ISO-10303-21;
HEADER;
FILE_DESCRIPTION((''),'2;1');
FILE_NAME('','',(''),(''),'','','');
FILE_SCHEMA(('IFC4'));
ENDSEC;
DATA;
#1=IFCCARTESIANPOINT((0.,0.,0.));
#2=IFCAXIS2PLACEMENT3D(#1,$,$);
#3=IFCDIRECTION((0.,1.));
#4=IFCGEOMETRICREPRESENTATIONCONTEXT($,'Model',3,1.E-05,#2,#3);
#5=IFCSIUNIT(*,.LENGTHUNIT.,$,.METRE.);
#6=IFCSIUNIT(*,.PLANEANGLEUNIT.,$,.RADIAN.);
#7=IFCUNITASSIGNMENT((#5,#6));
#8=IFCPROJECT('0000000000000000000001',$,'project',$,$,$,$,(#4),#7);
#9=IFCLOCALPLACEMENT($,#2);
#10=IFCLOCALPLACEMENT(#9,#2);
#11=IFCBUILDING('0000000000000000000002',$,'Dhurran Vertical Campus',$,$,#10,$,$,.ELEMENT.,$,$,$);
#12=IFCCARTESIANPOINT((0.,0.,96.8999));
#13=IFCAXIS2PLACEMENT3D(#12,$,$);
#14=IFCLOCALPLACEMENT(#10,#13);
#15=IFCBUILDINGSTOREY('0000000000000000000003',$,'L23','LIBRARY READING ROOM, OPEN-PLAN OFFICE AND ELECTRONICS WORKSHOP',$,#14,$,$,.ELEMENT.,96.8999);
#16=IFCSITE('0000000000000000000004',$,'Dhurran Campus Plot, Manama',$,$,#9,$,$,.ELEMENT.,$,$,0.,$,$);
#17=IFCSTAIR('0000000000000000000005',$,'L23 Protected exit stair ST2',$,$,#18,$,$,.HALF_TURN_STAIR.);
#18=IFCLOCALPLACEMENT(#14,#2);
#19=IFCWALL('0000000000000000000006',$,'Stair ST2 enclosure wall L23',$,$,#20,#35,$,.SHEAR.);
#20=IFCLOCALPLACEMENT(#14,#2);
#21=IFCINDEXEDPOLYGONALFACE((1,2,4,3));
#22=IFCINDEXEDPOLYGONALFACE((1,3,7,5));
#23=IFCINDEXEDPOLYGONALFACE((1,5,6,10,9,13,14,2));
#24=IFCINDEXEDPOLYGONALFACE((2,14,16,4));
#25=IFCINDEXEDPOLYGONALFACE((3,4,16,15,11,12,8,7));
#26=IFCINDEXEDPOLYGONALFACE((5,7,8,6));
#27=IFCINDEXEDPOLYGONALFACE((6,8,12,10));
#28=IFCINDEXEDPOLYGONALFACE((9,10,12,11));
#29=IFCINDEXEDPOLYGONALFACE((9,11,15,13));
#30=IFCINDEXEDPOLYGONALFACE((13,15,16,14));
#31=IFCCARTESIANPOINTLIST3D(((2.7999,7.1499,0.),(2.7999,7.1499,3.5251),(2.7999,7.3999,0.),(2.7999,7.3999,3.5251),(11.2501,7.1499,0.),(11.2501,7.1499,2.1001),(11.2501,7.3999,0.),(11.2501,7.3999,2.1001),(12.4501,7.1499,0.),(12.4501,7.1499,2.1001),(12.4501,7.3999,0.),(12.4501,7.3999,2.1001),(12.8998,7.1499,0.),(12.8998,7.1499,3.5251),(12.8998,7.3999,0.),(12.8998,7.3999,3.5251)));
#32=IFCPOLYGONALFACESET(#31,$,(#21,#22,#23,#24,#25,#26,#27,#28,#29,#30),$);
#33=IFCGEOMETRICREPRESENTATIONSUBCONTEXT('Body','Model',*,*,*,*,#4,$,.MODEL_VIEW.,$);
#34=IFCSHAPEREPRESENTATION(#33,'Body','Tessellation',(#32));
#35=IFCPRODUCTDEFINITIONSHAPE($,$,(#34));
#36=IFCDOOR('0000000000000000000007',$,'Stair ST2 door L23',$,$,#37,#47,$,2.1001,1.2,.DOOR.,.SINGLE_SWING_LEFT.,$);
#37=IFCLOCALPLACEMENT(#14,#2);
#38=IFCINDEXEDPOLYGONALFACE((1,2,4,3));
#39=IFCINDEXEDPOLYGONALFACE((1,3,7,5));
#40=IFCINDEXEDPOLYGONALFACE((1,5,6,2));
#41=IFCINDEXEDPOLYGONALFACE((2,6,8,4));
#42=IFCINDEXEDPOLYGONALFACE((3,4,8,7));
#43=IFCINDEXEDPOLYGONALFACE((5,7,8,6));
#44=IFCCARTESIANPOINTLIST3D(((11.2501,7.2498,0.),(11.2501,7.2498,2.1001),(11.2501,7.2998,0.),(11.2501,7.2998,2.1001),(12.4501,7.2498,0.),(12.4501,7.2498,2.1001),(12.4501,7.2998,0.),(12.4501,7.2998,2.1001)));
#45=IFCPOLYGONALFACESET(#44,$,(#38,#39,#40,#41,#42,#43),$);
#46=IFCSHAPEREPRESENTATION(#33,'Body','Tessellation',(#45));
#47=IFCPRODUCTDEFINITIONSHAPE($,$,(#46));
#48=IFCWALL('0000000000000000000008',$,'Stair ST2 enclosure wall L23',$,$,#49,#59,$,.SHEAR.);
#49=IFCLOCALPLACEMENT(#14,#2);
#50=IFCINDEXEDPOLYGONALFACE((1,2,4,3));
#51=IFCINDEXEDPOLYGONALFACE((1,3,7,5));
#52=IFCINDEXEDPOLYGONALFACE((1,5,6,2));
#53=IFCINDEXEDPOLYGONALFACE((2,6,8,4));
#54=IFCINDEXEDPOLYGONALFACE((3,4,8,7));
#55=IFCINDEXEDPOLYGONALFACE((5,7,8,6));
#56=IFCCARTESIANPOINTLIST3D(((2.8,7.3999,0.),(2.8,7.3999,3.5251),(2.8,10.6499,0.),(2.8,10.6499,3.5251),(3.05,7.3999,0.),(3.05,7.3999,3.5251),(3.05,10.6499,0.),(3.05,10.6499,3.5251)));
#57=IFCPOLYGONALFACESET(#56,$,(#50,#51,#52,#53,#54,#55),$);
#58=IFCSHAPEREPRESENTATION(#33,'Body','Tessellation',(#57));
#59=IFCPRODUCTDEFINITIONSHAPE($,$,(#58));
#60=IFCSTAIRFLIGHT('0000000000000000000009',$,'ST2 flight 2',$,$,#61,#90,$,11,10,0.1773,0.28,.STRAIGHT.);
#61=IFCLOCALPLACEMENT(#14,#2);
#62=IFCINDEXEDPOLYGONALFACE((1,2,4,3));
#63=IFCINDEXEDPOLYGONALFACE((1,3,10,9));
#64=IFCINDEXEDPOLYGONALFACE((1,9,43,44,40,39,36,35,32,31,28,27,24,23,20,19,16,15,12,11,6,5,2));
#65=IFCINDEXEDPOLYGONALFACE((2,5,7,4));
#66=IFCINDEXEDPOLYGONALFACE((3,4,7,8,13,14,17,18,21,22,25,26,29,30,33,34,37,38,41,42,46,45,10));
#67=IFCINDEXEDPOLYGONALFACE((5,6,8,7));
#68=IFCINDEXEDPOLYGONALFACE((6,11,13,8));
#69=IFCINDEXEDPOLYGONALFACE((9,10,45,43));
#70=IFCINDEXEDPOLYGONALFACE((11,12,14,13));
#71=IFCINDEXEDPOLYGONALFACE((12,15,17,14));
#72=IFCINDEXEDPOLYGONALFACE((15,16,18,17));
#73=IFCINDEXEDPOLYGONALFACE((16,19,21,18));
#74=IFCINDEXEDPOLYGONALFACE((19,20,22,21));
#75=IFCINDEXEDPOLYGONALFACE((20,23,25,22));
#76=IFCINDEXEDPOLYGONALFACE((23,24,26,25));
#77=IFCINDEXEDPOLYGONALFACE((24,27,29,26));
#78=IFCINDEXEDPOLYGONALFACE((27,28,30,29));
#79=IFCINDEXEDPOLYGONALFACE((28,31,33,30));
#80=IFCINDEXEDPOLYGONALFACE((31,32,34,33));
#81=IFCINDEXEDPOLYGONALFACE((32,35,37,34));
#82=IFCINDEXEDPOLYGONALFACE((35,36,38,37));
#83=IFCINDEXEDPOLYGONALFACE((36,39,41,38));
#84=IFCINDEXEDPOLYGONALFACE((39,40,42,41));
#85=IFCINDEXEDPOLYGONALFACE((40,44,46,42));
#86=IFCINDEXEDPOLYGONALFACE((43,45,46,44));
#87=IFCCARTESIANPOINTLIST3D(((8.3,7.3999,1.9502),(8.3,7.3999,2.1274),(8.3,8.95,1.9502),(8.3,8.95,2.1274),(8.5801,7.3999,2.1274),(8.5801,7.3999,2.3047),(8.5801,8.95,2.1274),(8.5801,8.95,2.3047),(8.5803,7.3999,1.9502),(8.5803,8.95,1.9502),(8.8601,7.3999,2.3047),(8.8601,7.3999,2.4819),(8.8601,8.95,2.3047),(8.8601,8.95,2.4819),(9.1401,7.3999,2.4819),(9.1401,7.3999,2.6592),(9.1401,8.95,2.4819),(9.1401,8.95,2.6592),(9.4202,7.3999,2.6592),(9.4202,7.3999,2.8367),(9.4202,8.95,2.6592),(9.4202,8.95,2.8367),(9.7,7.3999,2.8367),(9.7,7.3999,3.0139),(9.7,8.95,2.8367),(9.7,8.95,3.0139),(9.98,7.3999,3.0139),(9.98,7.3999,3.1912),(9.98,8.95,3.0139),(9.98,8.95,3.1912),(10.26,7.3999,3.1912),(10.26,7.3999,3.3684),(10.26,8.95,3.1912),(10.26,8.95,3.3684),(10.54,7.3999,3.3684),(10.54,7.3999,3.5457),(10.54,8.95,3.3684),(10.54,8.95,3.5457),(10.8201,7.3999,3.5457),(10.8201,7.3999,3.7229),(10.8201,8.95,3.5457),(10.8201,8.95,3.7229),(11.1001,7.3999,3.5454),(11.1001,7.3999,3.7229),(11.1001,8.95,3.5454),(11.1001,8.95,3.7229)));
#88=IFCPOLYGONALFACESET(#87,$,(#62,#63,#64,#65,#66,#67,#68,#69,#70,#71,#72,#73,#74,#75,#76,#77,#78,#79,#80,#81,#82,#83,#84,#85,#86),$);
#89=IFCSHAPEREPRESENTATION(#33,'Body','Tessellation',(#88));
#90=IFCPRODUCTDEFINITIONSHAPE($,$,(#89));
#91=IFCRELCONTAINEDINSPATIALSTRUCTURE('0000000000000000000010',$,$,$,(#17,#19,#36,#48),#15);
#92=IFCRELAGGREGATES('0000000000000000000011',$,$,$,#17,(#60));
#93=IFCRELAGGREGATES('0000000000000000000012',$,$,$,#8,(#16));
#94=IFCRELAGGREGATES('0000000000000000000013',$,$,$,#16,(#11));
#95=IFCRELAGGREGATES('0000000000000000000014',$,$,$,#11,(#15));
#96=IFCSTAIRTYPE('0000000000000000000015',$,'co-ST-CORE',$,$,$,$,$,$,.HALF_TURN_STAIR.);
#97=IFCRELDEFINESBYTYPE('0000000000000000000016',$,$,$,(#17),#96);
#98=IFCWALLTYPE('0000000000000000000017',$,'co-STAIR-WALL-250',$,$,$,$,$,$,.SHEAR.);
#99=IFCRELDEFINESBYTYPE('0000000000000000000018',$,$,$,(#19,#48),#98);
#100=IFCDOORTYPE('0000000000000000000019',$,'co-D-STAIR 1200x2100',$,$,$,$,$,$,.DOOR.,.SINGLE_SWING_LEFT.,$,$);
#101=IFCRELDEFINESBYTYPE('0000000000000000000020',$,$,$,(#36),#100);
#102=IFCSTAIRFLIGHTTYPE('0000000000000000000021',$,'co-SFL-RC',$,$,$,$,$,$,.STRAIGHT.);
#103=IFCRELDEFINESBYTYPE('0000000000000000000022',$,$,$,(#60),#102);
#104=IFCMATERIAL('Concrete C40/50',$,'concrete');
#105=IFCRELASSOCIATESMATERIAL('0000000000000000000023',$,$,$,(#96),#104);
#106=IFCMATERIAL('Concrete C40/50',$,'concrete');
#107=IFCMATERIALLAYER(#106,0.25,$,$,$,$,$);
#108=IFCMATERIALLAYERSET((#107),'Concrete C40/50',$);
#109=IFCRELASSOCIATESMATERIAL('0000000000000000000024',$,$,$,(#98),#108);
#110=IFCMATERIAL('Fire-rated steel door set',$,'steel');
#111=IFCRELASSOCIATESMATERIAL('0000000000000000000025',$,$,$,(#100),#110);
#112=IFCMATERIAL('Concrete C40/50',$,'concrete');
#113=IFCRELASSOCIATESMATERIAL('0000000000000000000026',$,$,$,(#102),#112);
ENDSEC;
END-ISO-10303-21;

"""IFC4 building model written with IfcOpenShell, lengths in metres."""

from ifc_helpers import new_model, si_unit, direction, frame, frame_2d, origin, place, context, subcontext, project, spatial, polyline, rectangle, outline, extrude, material, layer, layer_set, type_object, element, fill, aggregate, save


model = new_model("IFC4")

# Units and contexts
model_context = context("Model", 3, precision=1e-05, world=origin(), true_north=direction((0.0, 1.0)))
body_context = subcontext(model_context, "Body", "Model", "MODEL_VIEW")
ifc_project = project(units=[si_unit("LENGTHUNIT", "METRE"), si_unit("PLANEANGLEUNIT", "RADIAN")], contexts=[model_context])

# Site, building, storey
site_placement = place(None, origin())
site = spatial("IfcSite", under=ifc_project, at=site_placement, Name="Dhurran Campus Plot, Manama", CompositionType="ELEMENT", RefElevation=0.0)
building_placement = place(site_placement, origin())
building = spatial("IfcBuilding", under=site, at=building_placement, Name="Dhurran Vertical Campus", CompositionType="ELEMENT")
storey_placement = place(building_placement, frame((0.0, 0.0, 96.8999)))
storey = spatial("IfcBuildingStorey", under=building, at=storey_placement, Name="L23", Description="LIBRARY READING ROOM, OPEN-PLAN OFFICE AND ELECTRONICS WORKSHOP", CompositionType="ELEMENT", Elevation=96.8999)

# Stair
ifc_material_1 = material(Name="Concrete C40/50", Category="concrete")
stair_type = type_object("IfcStairType", Name="co-ST-CORE", PredefinedType="HALF_TURN_STAIR", material=ifc_material_1)
stair_1_placement = place(storey_placement, origin())
stair_1 = element("IfcStair", 1, at=stair_1_placement, inside=storey, type_object=stair_type, Name="L23 Protected exit stair ST2", PredefinedType="HALF_TURN_STAIR")

# Wall, opening, door
ifc_material_2 = material(Name="Concrete C40/50", Category="concrete")
ifc_layer_1 = layer(ifc_material_2, 0.25)
ifc_layer_set_1 = layer_set([ifc_layer_1], Name="Concrete C40/50")
wall_type_1 = type_object("IfcWallType", Name="co-STAIR-WALL-250", PredefinedType="SHEAR", material=ifc_layer_set_1)
wall_1_placement = place(storey_placement, frame((2.8, 7.2749, 0.0), z_axis=(0.0, 0.0, 1.0), x_axis=(1.0, 0.0, 0.0)))
wall_1 = element("IfcWall", 2, at=wall_1_placement, inside=storey, type_object=wall_type_1, Name="Stair ST2 enclosure wall L23", PredefinedType="SHEAR", context=body_context, shape_type="SweptSolid", body=[
    extrude(rectangle(XDim=10.0999, YDim=0.25, at=frame_2d((5.0498, 0.0))), origin(), (0.0, 0.0, 1.0), 3.5251),
])
opening_1_placement = place(wall_1_placement, frame((8.45, 0.0, 0.0)))
opening_1 = element("IfcOpeningElement", 3, at=opening_1_placement, cuts=wall_1, PredefinedType="OPENING", context=body_context, shape_type="SweptSolid", body=[
    extrude(rectangle(XDim=1.2, YDim=2.1001, at=frame_2d((0.6001, 1.05))), frame((0.0, 0.135, 0.0), z_axis=(0.0, -1.0, 0.0), x_axis=(1.0, 0.0, 0.0)), (0.0, 0.0, 1.0), 0.27),
])
ifc_material_3 = material(Name="Fire-rated steel door set", Category="steel")
door_type_1 = type_object("IfcDoorType", Name="co-D-STAIR 1200x2100", OperationType="SINGLE_SWING_LEFT", PredefinedType="DOOR", material=ifc_material_3)
door_1_placement = place(opening_1_placement, origin())
door_1 = element("IfcDoor", 4, at=door_1_placement, inside=storey, type_object=door_type_1, Name="Stair ST2 door L23", OperationType="SINGLE_SWING_LEFT", OverallHeight=2.1001, OverallWidth=1.2, PredefinedType="DOOR", context=body_context, shape_type="SweptSolid", body=[
    extrude(rectangle(XDim=1.2, YDim=2.1001, at=frame_2d((0.6001, 1.05))), frame((0.0, 0.0249, 0.0), z_axis=(0.0, -1.0, 0.0), x_axis=(1.0, 0.0, 0.0)), (0.0, 0.0, 1.0), 0.05),
])
fill(opening_1, door_1)

# Wall
wall_2_placement = place(storey_placement, frame((2.925, 7.3999, 0.0), z_axis=(0.0, 0.0, 1.0), x_axis=(0.0, 1.0, 0.0)))
element("IfcWall", 5, at=wall_2_placement, inside=storey, type_object=wall_type_1, Name="Stair ST2 enclosure wall L23", PredefinedType="SHEAR", context=body_context, shape_type="SweptSolid", body=[
    extrude(rectangle(XDim=3.25, YDim=0.25, at=frame_2d((1.625, 0.0))), origin(), (0.0, 0.0, 1.0), 3.5251),
])

# Stair flight
ifc_material_4 = material(Name="Concrete C40/50", Category="concrete")
stair_flight_type = type_object("IfcStairFlightType", Name="co-SFL-RC", PredefinedType="STRAIGHT", material=ifc_material_4)
stair_flight_placement = place(storey_placement, frame((8.3, 8.175, 1.9502), z_axis=(0.0, 0.0, 1.0), x_axis=(1.0, 0.0, 0.0)))
stair_flight = element("IfcStairFlight", 6, at=stair_flight_placement, type_object=stair_flight_type, Name="ST2 flight 2", NumberOfRisers=11, NumberOfTreads=10, PredefinedType="STRAIGHT", RiserHeight=0.1773, TreadLength=0.28, context=body_context, shape_type="SweptSolid", body=[
    extrude(outline(polyline([(0.0, 0.0), (0.0, 0.1772), (0.28, 0.1772), (0.28, 0.3545), (0.5601, 0.3545), (0.5601, 0.5317), (0.8401, 0.5317), (0.8401, 0.709), (1.1201, 0.709), (1.1201, 0.8865), (1.3999, 0.8865), (1.3999, 1.0637), (1.6799, 1.0637), (1.6799, 1.241), (1.96, 1.241), (1.96, 1.4182), (2.24, 1.4182), (2.24, 1.5955), (2.52, 1.5955), (2.52, 1.7727), (2.8, 1.7727), (2.8, 1.95), (2.8, 1.5952), (0.2803, 0.0), (0.0, 0.0)])), frame((0.0, 0.7749, 0.0), z_axis=(0.0, -1.0, 0.0), x_axis=(1.0, 0.0, 0.0)), (0.0, 0.0, 1.0), 1.55),
])
aggregate(stair_1, [stair_flight])

save(model, "model.ifc")
